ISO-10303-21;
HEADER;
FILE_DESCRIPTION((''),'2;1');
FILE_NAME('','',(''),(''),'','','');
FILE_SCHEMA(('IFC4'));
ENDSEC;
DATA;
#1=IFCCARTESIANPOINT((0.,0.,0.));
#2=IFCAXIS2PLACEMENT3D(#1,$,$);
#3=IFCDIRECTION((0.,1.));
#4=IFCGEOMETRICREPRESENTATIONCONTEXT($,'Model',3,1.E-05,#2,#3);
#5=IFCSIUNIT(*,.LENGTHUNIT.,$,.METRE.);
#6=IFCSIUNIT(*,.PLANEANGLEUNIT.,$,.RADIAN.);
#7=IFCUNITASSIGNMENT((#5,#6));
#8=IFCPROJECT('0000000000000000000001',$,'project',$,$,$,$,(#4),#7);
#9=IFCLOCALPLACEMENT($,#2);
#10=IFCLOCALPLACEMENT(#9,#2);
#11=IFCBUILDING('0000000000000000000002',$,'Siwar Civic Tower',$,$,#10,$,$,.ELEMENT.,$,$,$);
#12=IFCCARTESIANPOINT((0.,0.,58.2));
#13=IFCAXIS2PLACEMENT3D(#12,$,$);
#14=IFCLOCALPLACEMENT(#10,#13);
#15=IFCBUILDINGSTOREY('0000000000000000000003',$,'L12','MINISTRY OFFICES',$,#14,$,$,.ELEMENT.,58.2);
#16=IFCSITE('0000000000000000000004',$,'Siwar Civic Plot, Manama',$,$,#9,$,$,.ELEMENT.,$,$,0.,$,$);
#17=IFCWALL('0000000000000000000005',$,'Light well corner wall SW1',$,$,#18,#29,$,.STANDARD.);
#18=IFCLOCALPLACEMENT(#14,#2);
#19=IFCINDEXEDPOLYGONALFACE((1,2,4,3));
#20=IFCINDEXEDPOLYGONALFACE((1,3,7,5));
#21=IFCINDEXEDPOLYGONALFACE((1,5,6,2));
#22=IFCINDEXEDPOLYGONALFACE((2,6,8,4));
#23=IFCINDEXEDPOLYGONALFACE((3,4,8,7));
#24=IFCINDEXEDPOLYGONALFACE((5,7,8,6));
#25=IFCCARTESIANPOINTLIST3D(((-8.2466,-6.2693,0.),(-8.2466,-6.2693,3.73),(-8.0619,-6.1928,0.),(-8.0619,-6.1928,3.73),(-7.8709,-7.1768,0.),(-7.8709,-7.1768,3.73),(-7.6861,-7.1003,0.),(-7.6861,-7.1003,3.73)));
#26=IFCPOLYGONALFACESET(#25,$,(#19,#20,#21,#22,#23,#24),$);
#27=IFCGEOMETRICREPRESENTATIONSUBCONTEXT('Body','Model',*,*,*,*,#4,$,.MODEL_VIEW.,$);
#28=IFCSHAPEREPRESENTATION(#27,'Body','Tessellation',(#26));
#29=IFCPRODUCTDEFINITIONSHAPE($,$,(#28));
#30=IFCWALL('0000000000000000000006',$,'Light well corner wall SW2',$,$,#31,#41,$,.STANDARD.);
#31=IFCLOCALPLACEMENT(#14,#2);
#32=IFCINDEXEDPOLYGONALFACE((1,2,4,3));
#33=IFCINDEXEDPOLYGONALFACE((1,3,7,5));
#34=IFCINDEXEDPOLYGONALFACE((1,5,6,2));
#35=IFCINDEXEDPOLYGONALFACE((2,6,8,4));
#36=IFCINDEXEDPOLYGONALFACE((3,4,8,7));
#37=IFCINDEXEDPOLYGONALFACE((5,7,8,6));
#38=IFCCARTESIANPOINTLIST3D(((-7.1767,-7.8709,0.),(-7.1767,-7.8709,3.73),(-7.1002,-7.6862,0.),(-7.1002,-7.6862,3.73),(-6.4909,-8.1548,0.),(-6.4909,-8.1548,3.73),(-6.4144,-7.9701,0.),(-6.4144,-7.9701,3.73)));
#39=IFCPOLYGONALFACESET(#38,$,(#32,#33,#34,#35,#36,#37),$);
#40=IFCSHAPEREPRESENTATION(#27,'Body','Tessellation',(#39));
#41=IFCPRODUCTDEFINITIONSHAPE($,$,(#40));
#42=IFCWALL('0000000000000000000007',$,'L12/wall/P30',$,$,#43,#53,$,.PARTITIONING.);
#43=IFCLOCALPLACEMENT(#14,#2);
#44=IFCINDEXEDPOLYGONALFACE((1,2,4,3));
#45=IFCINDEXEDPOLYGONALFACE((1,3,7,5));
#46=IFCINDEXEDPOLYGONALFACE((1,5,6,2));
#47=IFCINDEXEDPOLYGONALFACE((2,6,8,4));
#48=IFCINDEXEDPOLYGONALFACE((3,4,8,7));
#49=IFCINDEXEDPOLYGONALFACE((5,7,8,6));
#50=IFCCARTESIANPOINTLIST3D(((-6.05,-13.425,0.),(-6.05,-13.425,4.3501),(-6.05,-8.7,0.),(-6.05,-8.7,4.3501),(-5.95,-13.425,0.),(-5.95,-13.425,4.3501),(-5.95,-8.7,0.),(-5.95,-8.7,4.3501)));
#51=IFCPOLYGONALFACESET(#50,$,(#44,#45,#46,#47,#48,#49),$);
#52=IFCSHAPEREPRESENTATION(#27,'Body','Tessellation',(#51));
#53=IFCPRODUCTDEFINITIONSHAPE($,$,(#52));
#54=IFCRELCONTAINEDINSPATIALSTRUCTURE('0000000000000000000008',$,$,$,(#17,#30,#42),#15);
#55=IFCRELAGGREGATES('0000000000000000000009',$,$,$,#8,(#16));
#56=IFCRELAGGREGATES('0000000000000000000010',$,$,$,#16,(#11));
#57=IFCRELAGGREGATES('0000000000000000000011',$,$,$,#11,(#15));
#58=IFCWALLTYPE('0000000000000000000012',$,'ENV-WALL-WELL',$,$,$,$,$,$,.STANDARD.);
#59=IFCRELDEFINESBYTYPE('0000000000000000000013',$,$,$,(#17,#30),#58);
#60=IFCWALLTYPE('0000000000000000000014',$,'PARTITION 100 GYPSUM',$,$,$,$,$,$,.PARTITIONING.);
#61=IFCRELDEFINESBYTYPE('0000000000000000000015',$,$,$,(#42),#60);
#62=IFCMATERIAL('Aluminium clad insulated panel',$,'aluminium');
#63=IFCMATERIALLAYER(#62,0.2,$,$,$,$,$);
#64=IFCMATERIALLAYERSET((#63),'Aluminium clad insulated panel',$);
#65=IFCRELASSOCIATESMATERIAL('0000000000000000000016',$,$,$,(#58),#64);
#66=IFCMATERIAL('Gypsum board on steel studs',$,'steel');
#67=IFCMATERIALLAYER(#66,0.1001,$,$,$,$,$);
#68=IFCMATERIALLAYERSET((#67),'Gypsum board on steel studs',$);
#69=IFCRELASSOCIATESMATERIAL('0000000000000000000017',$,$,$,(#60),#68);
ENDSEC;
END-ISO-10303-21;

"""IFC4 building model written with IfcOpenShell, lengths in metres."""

from ifc_helpers import new_model, si_unit, direction, frame, frame_2d, origin, place, context, subcontext, project, spatial, rectangle, extrude, material, layer, layer_set, type_object, element, save


model = new_model("IFC4")

# Units and contexts
model_context = context("Model", 3, precision=1e-05, world=origin(), true_north=direction((0.0, 1.0)))
body_context = subcontext(model_context, "Body", "Model", "MODEL_VIEW")
ifc_project = project(units=[si_unit("LENGTHUNIT", "METRE"), si_unit("PLANEANGLEUNIT", "RADIAN")], contexts=[model_context])

# Site, building, storey
site_placement = place(None, origin())
site = spatial("IfcSite", under=ifc_project, at=site_placement, Name="Siwar Civic Plot, Manama", CompositionType="ELEMENT", RefElevation=0.0)
building_placement = place(site_placement, origin())
building = spatial("IfcBuilding", under=site, at=building_placement, Name="Siwar Civic Tower", CompositionType="ELEMENT")
storey_placement = place(building_placement, frame((0.0, 0.0, 58.2)))
storey = spatial("IfcBuildingStorey", under=building, at=storey_placement, Name="L12", Description="MINISTRY OFFICES", CompositionType="ELEMENT", Elevation=58.2)

# Walls
ifc_material_1 = material(Name="Aluminium clad insulated panel", Category="aluminium")
ifc_layer_1 = layer(ifc_material_1, 0.2)
ifc_layer_set_1 = layer_set([ifc_layer_1], Name="Aluminium clad insulated panel")
wall_type_1 = type_object("IfcWallType", Name="ENV-WALL-WELL", PredefinedType="STANDARD", material=ifc_layer_set_1)
wall_1_placement = place(storey_placement, frame((-8.1543, -6.231, 0.0), z_axis=(0.0, 0.0, 1.0), x_axis=(0.382549, -0.923935, 0.0)))
element("IfcWall", 1, at=wall_1_placement, inside=storey, type_object=wall_type_1, Name="Light well corner wall SW1", PredefinedType="STANDARD", context=body_context, shape_type="SweptSolid", body=[
    extrude(rectangle(XDim=0.9822, YDim=0.2, at=frame_2d((0.4912, 0.0))), origin(), (0.0, 0.0, 1.0), 3.73),
])
wall_2_placement = place(storey_placement, frame((-7.1384, -7.7786, 0.0), z_axis=(0.0, 0.0, 1.0), x_axis=(0.923941, -0.382536, 0.0)))
element("IfcWall", 2, at=wall_2_placement, inside=storey, type_object=wall_type_1, Name="Light well corner wall SW2", PredefinedType="STANDARD", context=body_context, shape_type="SweptSolid", body=[
    extrude(rectangle(XDim=0.7422, YDim=0.2, at=frame_2d((0.3711, 0.0))), origin(), (0.0, 0.0, 1.0), 3.73),
])
ifc_material_2 = material(Name="Gypsum board on steel studs", Category="steel")
ifc_layer_2 = layer(ifc_material_2, 0.1001)
ifc_layer_set_2 = layer_set([ifc_layer_2], Name="Gypsum board on steel studs")
wall_type_2 = type_object("IfcWallType", Name="PARTITION 100 GYPSUM", PredefinedType="PARTITIONING", material=ifc_layer_set_2)
wall_3_placement = place(storey_placement, frame((-6.0, -13.425, 0.0), z_axis=(0.0, 0.0, 1.0), x_axis=(0.0, 1.0, 0.0)))
element("IfcWall", 3, at=wall_3_placement, inside=storey, type_object=wall_type_2, Name="L12/wall/P30", PredefinedType="PARTITIONING", context=body_context, shape_type="SweptSolid", body=[
    extrude(rectangle(XDim=4.7251, YDim=0.1001, at=frame_2d((2.3625, 0.0))), origin(), (0.0, 0.0, 1.0), 4.3501),
])

save(model, "model.ifc")
